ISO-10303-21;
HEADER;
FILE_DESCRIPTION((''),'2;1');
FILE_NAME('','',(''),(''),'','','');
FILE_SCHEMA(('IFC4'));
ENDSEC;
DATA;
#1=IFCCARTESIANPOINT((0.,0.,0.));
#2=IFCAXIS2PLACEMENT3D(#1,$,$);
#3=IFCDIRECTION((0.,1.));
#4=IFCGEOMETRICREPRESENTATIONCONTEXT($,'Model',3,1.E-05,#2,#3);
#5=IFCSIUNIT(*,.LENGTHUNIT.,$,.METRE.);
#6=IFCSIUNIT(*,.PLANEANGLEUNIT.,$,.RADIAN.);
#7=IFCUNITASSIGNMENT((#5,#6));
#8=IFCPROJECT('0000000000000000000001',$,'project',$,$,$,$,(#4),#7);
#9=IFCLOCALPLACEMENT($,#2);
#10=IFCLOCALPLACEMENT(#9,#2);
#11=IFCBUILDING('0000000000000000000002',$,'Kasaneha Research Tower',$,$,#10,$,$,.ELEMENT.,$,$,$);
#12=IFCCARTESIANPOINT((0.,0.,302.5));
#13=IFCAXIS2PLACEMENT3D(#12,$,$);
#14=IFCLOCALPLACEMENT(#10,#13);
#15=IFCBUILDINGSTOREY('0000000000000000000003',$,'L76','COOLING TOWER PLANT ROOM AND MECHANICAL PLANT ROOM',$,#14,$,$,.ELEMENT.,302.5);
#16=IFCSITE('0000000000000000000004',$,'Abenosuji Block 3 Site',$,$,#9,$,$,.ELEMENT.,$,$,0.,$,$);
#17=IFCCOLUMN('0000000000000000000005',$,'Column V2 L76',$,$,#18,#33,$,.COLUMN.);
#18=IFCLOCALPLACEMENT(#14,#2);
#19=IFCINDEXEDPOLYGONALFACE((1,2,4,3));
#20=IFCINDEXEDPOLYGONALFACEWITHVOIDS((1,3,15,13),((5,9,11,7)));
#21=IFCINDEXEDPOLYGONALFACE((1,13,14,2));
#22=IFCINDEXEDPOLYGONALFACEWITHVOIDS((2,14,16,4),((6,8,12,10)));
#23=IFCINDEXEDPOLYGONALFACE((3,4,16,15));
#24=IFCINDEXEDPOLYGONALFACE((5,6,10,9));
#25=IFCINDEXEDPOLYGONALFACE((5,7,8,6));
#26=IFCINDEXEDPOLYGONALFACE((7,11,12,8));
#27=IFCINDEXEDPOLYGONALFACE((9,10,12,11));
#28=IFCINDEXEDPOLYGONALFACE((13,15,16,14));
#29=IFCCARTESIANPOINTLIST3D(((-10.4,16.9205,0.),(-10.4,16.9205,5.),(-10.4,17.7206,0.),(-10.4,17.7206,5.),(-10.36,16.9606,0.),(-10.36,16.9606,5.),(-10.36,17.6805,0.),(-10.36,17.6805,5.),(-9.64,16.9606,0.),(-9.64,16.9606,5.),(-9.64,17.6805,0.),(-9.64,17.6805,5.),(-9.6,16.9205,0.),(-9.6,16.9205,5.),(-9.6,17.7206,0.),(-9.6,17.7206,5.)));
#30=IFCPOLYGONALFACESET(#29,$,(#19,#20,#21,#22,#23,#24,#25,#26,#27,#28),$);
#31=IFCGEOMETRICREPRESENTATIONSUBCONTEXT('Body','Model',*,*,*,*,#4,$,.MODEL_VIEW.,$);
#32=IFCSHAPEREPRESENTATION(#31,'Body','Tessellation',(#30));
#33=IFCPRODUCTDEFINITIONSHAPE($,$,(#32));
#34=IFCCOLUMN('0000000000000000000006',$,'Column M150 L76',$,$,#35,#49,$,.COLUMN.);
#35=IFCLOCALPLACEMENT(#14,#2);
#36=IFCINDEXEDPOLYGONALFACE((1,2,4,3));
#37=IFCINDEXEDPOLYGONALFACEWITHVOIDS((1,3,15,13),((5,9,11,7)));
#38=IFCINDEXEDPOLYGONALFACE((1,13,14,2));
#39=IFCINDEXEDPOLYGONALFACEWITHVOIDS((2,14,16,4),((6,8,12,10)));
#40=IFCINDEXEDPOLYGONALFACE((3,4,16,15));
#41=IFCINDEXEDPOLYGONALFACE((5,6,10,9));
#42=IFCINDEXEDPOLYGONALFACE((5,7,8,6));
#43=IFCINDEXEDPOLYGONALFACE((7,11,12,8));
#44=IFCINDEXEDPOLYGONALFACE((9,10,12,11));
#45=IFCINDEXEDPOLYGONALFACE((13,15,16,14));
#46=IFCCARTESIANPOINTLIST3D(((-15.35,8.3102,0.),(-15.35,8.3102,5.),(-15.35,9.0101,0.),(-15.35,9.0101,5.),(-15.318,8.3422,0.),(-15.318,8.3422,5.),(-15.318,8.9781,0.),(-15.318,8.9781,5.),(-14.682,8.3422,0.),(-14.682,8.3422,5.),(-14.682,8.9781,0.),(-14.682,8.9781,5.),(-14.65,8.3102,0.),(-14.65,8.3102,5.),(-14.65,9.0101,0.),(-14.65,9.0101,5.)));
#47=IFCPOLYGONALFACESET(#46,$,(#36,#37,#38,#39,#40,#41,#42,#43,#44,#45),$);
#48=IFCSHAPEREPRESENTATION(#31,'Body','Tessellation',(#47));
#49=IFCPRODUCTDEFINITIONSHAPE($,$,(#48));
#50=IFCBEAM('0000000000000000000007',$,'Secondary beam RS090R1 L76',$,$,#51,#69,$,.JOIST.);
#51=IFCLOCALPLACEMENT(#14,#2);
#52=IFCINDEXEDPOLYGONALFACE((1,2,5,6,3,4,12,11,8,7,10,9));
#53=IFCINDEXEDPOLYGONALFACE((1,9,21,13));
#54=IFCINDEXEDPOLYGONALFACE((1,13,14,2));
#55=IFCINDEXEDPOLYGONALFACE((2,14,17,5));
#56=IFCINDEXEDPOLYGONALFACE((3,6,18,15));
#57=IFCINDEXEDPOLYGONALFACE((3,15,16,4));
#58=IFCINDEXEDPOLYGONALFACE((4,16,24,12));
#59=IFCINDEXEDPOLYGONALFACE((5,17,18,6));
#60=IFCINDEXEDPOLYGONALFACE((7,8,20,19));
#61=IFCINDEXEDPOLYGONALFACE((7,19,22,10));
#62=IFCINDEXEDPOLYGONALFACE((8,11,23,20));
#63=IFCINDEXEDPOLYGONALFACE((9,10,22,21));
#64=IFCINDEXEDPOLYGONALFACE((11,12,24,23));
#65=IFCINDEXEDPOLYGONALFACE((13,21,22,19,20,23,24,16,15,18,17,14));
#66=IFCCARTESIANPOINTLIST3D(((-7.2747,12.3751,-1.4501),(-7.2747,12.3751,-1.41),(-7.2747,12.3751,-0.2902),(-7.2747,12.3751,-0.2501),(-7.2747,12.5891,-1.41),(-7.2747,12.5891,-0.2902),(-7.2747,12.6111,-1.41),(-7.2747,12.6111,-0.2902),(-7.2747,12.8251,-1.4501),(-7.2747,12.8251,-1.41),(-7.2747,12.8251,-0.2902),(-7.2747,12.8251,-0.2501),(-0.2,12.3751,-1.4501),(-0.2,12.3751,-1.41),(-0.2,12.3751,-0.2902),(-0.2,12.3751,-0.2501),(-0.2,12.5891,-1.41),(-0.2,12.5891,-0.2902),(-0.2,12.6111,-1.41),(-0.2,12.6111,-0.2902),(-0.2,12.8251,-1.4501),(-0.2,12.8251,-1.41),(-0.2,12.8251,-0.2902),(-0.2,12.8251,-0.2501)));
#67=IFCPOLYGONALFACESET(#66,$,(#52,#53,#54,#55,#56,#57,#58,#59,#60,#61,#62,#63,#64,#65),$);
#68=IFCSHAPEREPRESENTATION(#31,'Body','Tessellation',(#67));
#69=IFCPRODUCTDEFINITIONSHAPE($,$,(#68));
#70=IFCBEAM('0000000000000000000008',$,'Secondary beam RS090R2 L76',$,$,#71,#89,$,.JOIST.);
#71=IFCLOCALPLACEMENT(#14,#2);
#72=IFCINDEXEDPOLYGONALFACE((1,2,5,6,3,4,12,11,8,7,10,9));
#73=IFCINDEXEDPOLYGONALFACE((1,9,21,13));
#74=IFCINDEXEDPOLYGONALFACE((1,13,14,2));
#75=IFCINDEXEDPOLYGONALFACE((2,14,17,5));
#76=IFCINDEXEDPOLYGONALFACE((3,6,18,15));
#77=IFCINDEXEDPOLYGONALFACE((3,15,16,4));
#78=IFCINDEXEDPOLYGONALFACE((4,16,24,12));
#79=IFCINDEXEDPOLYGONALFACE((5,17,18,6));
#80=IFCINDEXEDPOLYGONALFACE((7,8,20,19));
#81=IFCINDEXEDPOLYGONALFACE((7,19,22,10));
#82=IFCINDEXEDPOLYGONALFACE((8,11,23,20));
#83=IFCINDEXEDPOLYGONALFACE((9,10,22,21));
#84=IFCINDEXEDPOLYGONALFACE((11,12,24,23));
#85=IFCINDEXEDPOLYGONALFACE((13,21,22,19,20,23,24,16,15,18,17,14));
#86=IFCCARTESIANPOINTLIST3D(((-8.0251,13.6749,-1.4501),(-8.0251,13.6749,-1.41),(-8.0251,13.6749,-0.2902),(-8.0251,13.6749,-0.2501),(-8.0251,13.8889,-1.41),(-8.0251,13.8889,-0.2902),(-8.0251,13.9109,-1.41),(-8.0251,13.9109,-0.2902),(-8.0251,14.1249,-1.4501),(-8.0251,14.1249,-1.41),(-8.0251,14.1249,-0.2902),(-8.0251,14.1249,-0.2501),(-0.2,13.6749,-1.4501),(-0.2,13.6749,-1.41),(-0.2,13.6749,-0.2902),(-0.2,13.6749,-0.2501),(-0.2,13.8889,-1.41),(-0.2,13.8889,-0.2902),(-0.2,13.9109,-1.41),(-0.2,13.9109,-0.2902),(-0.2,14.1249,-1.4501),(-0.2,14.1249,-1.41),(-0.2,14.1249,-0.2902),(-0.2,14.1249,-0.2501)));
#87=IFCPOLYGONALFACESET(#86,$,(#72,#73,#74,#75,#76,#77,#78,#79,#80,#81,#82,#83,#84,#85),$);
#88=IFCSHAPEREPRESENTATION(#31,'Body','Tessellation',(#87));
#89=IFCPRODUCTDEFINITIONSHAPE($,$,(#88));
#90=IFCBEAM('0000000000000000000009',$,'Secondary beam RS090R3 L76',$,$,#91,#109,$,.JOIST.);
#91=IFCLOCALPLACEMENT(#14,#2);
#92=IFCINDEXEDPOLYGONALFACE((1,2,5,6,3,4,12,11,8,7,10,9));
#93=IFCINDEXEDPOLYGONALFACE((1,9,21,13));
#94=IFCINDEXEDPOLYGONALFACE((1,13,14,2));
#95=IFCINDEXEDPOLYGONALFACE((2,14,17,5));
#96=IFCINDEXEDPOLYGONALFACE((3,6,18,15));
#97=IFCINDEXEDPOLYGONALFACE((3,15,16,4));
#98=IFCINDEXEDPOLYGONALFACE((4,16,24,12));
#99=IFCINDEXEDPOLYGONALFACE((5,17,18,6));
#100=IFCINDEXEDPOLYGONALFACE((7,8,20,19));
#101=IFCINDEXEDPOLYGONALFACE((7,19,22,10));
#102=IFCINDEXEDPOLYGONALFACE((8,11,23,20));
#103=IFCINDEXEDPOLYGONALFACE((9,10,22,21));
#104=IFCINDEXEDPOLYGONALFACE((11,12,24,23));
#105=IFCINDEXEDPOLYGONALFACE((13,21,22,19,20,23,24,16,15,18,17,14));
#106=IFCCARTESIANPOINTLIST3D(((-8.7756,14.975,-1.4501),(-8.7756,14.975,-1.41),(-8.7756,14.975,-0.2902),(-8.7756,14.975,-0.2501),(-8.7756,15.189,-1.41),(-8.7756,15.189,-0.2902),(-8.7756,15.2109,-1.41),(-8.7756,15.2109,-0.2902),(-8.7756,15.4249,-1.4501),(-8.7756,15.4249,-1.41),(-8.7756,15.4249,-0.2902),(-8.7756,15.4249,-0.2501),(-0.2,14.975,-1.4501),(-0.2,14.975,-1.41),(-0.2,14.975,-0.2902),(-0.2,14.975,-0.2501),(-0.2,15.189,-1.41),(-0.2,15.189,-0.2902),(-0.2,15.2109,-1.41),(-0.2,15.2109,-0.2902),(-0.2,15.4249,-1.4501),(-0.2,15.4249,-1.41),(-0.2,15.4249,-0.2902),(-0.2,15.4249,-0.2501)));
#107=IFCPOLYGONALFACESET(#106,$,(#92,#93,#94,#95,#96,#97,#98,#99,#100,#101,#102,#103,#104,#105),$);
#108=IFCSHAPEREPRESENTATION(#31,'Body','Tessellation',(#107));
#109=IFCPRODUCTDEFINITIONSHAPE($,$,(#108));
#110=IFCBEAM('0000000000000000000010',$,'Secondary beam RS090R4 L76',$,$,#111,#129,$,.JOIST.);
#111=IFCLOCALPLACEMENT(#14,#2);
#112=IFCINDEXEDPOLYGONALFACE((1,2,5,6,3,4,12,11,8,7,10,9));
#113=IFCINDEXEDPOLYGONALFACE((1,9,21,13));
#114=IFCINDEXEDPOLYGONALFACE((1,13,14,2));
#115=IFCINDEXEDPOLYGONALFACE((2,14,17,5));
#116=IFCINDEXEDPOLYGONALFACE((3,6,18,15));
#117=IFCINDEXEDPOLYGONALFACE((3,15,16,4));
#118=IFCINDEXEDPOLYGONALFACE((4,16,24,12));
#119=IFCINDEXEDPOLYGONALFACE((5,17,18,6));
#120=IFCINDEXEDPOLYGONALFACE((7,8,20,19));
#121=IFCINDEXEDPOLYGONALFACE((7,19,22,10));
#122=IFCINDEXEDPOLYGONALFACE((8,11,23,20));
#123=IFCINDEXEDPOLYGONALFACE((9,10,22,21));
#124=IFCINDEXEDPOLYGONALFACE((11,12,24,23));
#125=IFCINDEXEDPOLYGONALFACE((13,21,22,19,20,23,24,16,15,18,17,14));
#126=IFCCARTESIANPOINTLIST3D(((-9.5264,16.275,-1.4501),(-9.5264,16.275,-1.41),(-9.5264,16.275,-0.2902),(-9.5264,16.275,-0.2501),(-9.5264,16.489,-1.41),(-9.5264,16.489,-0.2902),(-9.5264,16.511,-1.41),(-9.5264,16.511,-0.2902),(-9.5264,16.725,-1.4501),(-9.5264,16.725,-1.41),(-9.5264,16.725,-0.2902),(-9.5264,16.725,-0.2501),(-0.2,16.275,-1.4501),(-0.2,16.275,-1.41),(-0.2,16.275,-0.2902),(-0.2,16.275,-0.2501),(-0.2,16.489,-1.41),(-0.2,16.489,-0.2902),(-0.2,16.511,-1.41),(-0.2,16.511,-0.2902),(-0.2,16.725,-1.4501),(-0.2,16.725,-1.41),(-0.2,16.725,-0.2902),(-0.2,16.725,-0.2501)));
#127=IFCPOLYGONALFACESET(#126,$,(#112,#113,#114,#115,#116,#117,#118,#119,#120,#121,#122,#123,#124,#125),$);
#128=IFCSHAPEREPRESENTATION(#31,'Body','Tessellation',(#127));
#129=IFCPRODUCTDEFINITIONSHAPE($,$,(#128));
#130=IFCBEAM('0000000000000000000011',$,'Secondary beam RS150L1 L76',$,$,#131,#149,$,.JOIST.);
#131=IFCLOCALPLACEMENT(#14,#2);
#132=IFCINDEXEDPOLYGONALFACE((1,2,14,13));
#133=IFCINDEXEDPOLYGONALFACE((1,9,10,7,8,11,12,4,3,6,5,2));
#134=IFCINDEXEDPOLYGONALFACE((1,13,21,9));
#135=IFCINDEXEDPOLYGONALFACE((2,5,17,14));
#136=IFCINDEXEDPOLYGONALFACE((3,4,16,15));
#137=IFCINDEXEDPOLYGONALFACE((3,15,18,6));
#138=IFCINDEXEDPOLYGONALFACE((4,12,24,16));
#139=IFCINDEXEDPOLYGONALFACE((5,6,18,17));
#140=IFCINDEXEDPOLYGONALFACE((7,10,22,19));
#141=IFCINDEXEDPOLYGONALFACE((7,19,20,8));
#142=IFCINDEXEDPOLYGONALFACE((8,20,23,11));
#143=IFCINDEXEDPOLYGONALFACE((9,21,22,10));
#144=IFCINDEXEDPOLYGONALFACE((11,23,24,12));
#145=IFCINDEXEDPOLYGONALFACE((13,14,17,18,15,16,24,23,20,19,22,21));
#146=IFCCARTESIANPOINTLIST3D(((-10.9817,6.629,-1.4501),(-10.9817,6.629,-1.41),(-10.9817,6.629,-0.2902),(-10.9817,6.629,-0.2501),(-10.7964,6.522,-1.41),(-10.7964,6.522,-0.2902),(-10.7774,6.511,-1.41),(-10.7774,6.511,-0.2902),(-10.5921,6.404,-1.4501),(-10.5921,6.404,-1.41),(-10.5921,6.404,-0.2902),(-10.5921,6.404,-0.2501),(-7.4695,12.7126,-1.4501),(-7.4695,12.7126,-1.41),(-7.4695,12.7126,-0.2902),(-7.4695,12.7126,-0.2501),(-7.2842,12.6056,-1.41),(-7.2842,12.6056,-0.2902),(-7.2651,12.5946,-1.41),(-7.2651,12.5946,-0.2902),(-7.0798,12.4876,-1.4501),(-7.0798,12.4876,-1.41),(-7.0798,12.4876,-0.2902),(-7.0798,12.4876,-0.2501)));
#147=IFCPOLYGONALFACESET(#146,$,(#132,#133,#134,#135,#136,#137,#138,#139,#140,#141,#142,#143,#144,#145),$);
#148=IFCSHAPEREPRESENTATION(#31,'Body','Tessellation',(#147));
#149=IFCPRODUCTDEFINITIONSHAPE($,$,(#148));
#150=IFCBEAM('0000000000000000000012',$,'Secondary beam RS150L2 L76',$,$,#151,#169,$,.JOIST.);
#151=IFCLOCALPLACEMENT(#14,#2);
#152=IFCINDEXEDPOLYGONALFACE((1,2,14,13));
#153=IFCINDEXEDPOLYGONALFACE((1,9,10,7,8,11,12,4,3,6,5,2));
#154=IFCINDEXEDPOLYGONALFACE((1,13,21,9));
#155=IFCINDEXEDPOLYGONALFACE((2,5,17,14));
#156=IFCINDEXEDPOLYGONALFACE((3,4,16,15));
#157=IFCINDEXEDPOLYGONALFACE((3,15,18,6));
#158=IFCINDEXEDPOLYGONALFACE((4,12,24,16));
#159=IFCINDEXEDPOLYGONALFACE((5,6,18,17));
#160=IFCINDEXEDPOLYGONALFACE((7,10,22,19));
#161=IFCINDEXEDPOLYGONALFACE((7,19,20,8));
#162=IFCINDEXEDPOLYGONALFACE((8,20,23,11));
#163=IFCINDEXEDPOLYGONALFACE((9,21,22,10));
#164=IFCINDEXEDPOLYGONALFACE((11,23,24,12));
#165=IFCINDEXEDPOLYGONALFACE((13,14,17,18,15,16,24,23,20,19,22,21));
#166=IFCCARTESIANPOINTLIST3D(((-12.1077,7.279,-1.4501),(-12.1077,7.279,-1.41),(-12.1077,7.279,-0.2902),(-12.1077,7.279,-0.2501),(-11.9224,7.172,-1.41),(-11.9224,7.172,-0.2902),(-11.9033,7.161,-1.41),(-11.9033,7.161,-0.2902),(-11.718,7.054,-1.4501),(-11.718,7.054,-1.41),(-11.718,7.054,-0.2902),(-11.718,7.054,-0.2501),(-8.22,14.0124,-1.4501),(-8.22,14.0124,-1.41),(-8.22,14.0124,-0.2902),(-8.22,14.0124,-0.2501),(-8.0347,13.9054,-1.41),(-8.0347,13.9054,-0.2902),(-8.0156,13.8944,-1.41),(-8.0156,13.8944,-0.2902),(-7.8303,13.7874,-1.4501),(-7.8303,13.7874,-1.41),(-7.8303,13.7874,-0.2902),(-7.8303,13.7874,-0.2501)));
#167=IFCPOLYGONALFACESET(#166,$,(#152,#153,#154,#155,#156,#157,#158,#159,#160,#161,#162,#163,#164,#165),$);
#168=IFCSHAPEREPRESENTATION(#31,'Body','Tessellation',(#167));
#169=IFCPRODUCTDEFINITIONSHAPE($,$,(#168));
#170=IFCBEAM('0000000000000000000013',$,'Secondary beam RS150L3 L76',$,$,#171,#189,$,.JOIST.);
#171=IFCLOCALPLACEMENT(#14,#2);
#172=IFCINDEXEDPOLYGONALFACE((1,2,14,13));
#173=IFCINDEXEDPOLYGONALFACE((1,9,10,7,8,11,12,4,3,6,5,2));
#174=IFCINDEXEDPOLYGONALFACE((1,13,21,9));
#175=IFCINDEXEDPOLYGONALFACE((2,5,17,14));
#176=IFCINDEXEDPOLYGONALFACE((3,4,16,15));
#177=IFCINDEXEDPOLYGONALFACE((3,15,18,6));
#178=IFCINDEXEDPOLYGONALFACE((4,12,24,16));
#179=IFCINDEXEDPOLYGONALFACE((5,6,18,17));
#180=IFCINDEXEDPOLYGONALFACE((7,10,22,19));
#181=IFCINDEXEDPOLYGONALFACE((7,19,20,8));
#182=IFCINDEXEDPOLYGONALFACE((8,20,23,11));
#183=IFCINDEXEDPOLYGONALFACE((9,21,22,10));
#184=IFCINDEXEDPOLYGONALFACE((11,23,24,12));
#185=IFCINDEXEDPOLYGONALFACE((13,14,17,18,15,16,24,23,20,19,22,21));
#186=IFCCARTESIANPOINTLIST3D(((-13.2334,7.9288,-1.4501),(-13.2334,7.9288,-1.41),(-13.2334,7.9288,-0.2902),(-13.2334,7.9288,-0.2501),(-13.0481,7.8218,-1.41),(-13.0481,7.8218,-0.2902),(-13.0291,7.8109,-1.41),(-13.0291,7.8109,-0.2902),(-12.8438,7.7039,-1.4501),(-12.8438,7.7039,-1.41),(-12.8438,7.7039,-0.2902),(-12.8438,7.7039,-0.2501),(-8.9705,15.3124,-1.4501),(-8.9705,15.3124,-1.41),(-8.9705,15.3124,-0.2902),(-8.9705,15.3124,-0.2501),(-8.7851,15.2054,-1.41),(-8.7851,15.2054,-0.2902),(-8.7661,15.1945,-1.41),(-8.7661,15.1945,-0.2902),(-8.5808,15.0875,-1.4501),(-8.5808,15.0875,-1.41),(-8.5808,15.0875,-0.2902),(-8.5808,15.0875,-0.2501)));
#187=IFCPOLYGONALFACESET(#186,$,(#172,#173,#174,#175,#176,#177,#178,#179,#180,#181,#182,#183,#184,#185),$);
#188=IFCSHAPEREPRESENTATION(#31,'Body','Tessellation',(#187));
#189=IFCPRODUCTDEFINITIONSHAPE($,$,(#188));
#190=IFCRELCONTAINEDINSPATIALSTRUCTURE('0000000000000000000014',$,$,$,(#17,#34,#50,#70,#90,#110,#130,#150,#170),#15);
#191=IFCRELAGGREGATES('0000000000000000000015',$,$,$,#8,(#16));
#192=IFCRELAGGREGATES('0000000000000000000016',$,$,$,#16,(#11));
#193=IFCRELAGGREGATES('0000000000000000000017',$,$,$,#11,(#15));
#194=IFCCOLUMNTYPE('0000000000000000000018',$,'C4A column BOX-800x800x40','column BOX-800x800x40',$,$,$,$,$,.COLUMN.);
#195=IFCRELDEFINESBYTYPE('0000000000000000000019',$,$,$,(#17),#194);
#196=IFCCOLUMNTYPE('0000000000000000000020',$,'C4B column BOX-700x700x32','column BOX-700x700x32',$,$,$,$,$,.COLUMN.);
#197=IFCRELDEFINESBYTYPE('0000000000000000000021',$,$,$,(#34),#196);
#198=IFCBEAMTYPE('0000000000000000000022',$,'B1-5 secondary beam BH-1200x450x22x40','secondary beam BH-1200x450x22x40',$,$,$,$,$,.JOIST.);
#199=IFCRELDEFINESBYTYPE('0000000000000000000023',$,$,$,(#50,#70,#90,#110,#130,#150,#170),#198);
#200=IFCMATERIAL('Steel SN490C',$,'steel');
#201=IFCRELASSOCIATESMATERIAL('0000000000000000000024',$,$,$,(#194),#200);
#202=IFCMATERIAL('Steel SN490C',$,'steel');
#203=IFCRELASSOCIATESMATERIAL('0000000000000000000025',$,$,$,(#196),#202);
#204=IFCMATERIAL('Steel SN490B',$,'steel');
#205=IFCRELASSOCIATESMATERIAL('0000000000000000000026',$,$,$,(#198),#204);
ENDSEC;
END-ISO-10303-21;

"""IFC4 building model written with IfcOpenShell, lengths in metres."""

from ifc_helpers import new_model, si_unit, direction, frame, origin, origin_2d, place, context, subcontext, project, spatial, hollow_rectangle, i_section, extrude, material, material_profile, profile_set, type_object, element, save


model = new_model("IFC4")

# Units and contexts
model_context = context("Model", 3, precision=1e-05, world=origin(), true_north=direction((0.0, 1.0)))
body_context = subcontext(model_context, "Body", "Model", "MODEL_VIEW")
ifc_project = project(units=[si_unit("LENGTHUNIT", "METRE"), si_unit("PLANEANGLEUNIT", "RADIAN")], contexts=[model_context])

# Site, building, storey
site_placement = place(None, origin())
site = spatial("IfcSite", under=ifc_project, at=site_placement, Name="Abenosuji Block 3 Site", CompositionType="ELEMENT", RefElevation=0.0)
building_placement = place(site_placement, origin())
building = spatial("IfcBuilding", under=site, at=building_placement, Name="Kasaneha Research Tower", CompositionType="ELEMENT")
storey_placement = place(building_placement, frame((0.0, 0.0, 302.5)))
storey = spatial("IfcBuildingStorey", under=building, at=storey_placement, Name="L76", Description="COOLING TOWER PLANT ROOM AND MECHANICAL PLANT ROOM", CompositionType="ELEMENT", Elevation=302.5)

# Columns
ifc_material_1 = material(Name="Steel SN490C", Category="steel")
ifc_material_profile_1 = material_profile(ifc_material_1, hollow_rectangle(XDim=0.8, YDim=0.8, WallThickness=0.04, at=origin_2d()), Name="BOX-800x800x40")
ifc_profile_set_1 = profile_set([ifc_material_profile_1], Name="Steel SN490C")
column_type_1 = type_object("IfcColumnType", Name="C4A column BOX-800x800x40", Description="column BOX-800x800x40", PredefinedType="COLUMN", material=ifc_profile_set_1)
column_1_placement = place(storey_placement, frame((-10.0, 17.3206, 0.0), z_axis=(0.0, 0.0, 1.0), x_axis=(1.0, 0.0, 0.0)))
element("IfcColumn", 1, at=column_1_placement, inside=storey, type_object=column_type_1, Name="Column V2 L76", PredefinedType="COLUMN", context=body_context, shape_type="SweptSolid", body=[
    extrude(hollow_rectangle(XDim=0.8, YDim=0.8, WallThickness=0.04, at=origin_2d()), origin(), (0.0, 0.0, 1.0), 5.0),
])
ifc_material_2 = material(Name="Steel SN490C", Category="steel")
ifc_material_profile_2 = material_profile(ifc_material_2, hollow_rectangle(XDim=0.7, YDim=0.7, WallThickness=0.032, at=origin_2d()), Name="BOX-700x700x32")
ifc_profile_set_2 = profile_set([ifc_material_profile_2], Name="Steel SN490C")
column_type_2 = type_object("IfcColumnType", Name="C4B column BOX-700x700x32", Description="column BOX-700x700x32", PredefinedType="COLUMN", material=ifc_profile_set_2)
column_2_placement = place(storey_placement, frame((-15.0, 8.6602, 0.0), z_axis=(0.0, 0.0, 1.0), x_axis=(1.0, 0.0, 0.0)))
element("IfcColumn", 2, at=column_2_placement, inside=storey, type_object=column_type_2, Name="Column M150 L76", PredefinedType="COLUMN", context=body_context, shape_type="SweptSolid", body=[
    extrude(hollow_rectangle(XDim=0.7, YDim=0.7, WallThickness=0.032, at=origin_2d()), origin(), (0.0, 0.0, 1.0), 5.0),
])

# Beams
ifc_material_3 = material(Name="Steel SN490B", Category="steel")
ifc_material_profile_3 = material_profile(ifc_material_3, i_section(OverallWidth=0.45, OverallDepth=1.2, WebThickness=0.022, FlangeThickness=0.04, at=origin_2d()), Name="BH-1200x450x22x40")
ifc_profile_set_3 = profile_set([ifc_material_profile_3], Name="Steel SN490B")
beam_type_1 = type_object("IfcBeamType", Name="B1-5 secondary beam BH-1200x450x22x40", Description="secondary beam BH-1200x450x22x40", PredefinedType="JOIST", material=ifc_profile_set_3)
beam_1_placement = place(storey_placement, frame((-7.2747, 12.6001, -0.8501), z_axis=(1.0, 0.0, 0.0), x_axis=(0.0, 1.0, 0.0)))
element("IfcBeam", 3, at=beam_1_placement, inside=storey, type_object=beam_type_1, Name="Secondary beam RS090R1 L76", PredefinedType="JOIST", context=body_context, shape_type="SweptSolid", body=[
    extrude(i_section(OverallWidth=0.45, OverallDepth=1.2, WebThickness=0.022, FlangeThickness=0.04, at=origin_2d()), origin(), (0.0, 0.0, 1.0), 7.0747),
])
beam_2_placement = place(storey_placement, frame((-8.0251, 13.8999, -0.8501), z_axis=(1.0, 0.0, 0.0), x_axis=(0.0, 1.0, 0.0)))
element("IfcBeam", 4, at=beam_2_placement, inside=storey, type_object=beam_type_1, Name="Secondary beam RS090R2 L76", PredefinedType="JOIST", context=body_context, shape_type="SweptSolid", body=[
    extrude(i_section(OverallWidth=0.45, OverallDepth=1.2, WebThickness=0.022, FlangeThickness=0.04, at=origin_2d()), origin(), (0.0, 0.0, 1.0), 7.8252),
])
beam_3_placement = place(storey_placement, frame((-8.7756, 15.2, -0.8501), z_axis=(1.0, 0.0, 0.0), x_axis=(0.0, 1.0, 0.0)))
element("IfcBeam", 5, at=beam_3_placement, inside=storey, type_object=beam_type_1, Name="Secondary beam RS090R3 L76", PredefinedType="JOIST", context=body_context, shape_type="SweptSolid", body=[
    extrude(i_section(OverallWidth=0.45, OverallDepth=1.2, WebThickness=0.022, FlangeThickness=0.04, at=origin_2d()), origin(), (0.0, 0.0, 1.0), 8.5757),
])
beam_4_placement = place(storey_placement, frame((-9.5264, 16.5, -0.8501), z_axis=(1.0, 0.0, 0.0), x_axis=(0.0, 1.0, 0.0)))
element("IfcBeam", 6, at=beam_4_placement, inside=storey, type_object=beam_type_1, Name="Secondary beam RS090R4 L76", PredefinedType="JOIST", context=body_context, shape_type="SweptSolid", body=[
    extrude(i_section(OverallWidth=0.45, OverallDepth=1.2, WebThickness=0.022, FlangeThickness=0.04, at=origin_2d()), origin(), (0.0, 0.0, 1.0), 9.3264),
])
beam_5_placement = place(storey_placement, frame((-7.2747, 12.6001, -0.8501), z_axis=(-0.499989, -0.866032, 0.0), x_axis=(0.866032, -0.499989, 0.0)))
element("IfcBeam", 7, at=beam_5_placement, inside=storey, type_object=beam_type_1, Name="Secondary beam RS150L1 L76", PredefinedType="JOIST", context=body_context, shape_type="SweptSolid", body=[
    extrude(i_section(OverallWidth=0.45, OverallDepth=1.2, WebThickness=0.022, FlangeThickness=0.04, at=origin_2d()), origin(), (0.0, 0.0, 1.0), 7.0247),
])
beam_6_placement = place(storey_placement, frame((-8.0251, 13.8999, -0.8501), z_axis=(-0.500016, -0.866016, 0.0), x_axis=(0.866016, -0.500016, 0.0)))
element("IfcBeam", 8, at=beam_6_placement, inside=storey, type_object=beam_type_1, Name="Secondary beam RS150L2 L76", PredefinedType="JOIST", context=body_context, shape_type="SweptSolid", body=[
    extrude(i_section(OverallWidth=0.45, OverallDepth=1.2, WebThickness=0.022, FlangeThickness=0.04, at=origin_2d()), origin(), (0.0, 0.0, 1.0), 7.7751),
])
beam_7_placement = place(storey_placement, frame((-8.7756, 15.2, -0.8501), z_axis=(-0.500004, -0.866023, 0.0), x_axis=(0.866023, -0.500004, 0.0)))
element("IfcBeam", 9, at=beam_7_placement, inside=storey, type_object=beam_type_1, Name="Secondary beam RS150L3 L76", PredefinedType="JOIST", context=body_context, shape_type="SweptSolid", body=[
    extrude(i_section(OverallWidth=0.45, OverallDepth=1.2, WebThickness=0.022, FlangeThickness=0.04, at=origin_2d()), origin(), (0.0, 0.0, 1.0), 8.5259),
])

save(model, "model.ifc")
